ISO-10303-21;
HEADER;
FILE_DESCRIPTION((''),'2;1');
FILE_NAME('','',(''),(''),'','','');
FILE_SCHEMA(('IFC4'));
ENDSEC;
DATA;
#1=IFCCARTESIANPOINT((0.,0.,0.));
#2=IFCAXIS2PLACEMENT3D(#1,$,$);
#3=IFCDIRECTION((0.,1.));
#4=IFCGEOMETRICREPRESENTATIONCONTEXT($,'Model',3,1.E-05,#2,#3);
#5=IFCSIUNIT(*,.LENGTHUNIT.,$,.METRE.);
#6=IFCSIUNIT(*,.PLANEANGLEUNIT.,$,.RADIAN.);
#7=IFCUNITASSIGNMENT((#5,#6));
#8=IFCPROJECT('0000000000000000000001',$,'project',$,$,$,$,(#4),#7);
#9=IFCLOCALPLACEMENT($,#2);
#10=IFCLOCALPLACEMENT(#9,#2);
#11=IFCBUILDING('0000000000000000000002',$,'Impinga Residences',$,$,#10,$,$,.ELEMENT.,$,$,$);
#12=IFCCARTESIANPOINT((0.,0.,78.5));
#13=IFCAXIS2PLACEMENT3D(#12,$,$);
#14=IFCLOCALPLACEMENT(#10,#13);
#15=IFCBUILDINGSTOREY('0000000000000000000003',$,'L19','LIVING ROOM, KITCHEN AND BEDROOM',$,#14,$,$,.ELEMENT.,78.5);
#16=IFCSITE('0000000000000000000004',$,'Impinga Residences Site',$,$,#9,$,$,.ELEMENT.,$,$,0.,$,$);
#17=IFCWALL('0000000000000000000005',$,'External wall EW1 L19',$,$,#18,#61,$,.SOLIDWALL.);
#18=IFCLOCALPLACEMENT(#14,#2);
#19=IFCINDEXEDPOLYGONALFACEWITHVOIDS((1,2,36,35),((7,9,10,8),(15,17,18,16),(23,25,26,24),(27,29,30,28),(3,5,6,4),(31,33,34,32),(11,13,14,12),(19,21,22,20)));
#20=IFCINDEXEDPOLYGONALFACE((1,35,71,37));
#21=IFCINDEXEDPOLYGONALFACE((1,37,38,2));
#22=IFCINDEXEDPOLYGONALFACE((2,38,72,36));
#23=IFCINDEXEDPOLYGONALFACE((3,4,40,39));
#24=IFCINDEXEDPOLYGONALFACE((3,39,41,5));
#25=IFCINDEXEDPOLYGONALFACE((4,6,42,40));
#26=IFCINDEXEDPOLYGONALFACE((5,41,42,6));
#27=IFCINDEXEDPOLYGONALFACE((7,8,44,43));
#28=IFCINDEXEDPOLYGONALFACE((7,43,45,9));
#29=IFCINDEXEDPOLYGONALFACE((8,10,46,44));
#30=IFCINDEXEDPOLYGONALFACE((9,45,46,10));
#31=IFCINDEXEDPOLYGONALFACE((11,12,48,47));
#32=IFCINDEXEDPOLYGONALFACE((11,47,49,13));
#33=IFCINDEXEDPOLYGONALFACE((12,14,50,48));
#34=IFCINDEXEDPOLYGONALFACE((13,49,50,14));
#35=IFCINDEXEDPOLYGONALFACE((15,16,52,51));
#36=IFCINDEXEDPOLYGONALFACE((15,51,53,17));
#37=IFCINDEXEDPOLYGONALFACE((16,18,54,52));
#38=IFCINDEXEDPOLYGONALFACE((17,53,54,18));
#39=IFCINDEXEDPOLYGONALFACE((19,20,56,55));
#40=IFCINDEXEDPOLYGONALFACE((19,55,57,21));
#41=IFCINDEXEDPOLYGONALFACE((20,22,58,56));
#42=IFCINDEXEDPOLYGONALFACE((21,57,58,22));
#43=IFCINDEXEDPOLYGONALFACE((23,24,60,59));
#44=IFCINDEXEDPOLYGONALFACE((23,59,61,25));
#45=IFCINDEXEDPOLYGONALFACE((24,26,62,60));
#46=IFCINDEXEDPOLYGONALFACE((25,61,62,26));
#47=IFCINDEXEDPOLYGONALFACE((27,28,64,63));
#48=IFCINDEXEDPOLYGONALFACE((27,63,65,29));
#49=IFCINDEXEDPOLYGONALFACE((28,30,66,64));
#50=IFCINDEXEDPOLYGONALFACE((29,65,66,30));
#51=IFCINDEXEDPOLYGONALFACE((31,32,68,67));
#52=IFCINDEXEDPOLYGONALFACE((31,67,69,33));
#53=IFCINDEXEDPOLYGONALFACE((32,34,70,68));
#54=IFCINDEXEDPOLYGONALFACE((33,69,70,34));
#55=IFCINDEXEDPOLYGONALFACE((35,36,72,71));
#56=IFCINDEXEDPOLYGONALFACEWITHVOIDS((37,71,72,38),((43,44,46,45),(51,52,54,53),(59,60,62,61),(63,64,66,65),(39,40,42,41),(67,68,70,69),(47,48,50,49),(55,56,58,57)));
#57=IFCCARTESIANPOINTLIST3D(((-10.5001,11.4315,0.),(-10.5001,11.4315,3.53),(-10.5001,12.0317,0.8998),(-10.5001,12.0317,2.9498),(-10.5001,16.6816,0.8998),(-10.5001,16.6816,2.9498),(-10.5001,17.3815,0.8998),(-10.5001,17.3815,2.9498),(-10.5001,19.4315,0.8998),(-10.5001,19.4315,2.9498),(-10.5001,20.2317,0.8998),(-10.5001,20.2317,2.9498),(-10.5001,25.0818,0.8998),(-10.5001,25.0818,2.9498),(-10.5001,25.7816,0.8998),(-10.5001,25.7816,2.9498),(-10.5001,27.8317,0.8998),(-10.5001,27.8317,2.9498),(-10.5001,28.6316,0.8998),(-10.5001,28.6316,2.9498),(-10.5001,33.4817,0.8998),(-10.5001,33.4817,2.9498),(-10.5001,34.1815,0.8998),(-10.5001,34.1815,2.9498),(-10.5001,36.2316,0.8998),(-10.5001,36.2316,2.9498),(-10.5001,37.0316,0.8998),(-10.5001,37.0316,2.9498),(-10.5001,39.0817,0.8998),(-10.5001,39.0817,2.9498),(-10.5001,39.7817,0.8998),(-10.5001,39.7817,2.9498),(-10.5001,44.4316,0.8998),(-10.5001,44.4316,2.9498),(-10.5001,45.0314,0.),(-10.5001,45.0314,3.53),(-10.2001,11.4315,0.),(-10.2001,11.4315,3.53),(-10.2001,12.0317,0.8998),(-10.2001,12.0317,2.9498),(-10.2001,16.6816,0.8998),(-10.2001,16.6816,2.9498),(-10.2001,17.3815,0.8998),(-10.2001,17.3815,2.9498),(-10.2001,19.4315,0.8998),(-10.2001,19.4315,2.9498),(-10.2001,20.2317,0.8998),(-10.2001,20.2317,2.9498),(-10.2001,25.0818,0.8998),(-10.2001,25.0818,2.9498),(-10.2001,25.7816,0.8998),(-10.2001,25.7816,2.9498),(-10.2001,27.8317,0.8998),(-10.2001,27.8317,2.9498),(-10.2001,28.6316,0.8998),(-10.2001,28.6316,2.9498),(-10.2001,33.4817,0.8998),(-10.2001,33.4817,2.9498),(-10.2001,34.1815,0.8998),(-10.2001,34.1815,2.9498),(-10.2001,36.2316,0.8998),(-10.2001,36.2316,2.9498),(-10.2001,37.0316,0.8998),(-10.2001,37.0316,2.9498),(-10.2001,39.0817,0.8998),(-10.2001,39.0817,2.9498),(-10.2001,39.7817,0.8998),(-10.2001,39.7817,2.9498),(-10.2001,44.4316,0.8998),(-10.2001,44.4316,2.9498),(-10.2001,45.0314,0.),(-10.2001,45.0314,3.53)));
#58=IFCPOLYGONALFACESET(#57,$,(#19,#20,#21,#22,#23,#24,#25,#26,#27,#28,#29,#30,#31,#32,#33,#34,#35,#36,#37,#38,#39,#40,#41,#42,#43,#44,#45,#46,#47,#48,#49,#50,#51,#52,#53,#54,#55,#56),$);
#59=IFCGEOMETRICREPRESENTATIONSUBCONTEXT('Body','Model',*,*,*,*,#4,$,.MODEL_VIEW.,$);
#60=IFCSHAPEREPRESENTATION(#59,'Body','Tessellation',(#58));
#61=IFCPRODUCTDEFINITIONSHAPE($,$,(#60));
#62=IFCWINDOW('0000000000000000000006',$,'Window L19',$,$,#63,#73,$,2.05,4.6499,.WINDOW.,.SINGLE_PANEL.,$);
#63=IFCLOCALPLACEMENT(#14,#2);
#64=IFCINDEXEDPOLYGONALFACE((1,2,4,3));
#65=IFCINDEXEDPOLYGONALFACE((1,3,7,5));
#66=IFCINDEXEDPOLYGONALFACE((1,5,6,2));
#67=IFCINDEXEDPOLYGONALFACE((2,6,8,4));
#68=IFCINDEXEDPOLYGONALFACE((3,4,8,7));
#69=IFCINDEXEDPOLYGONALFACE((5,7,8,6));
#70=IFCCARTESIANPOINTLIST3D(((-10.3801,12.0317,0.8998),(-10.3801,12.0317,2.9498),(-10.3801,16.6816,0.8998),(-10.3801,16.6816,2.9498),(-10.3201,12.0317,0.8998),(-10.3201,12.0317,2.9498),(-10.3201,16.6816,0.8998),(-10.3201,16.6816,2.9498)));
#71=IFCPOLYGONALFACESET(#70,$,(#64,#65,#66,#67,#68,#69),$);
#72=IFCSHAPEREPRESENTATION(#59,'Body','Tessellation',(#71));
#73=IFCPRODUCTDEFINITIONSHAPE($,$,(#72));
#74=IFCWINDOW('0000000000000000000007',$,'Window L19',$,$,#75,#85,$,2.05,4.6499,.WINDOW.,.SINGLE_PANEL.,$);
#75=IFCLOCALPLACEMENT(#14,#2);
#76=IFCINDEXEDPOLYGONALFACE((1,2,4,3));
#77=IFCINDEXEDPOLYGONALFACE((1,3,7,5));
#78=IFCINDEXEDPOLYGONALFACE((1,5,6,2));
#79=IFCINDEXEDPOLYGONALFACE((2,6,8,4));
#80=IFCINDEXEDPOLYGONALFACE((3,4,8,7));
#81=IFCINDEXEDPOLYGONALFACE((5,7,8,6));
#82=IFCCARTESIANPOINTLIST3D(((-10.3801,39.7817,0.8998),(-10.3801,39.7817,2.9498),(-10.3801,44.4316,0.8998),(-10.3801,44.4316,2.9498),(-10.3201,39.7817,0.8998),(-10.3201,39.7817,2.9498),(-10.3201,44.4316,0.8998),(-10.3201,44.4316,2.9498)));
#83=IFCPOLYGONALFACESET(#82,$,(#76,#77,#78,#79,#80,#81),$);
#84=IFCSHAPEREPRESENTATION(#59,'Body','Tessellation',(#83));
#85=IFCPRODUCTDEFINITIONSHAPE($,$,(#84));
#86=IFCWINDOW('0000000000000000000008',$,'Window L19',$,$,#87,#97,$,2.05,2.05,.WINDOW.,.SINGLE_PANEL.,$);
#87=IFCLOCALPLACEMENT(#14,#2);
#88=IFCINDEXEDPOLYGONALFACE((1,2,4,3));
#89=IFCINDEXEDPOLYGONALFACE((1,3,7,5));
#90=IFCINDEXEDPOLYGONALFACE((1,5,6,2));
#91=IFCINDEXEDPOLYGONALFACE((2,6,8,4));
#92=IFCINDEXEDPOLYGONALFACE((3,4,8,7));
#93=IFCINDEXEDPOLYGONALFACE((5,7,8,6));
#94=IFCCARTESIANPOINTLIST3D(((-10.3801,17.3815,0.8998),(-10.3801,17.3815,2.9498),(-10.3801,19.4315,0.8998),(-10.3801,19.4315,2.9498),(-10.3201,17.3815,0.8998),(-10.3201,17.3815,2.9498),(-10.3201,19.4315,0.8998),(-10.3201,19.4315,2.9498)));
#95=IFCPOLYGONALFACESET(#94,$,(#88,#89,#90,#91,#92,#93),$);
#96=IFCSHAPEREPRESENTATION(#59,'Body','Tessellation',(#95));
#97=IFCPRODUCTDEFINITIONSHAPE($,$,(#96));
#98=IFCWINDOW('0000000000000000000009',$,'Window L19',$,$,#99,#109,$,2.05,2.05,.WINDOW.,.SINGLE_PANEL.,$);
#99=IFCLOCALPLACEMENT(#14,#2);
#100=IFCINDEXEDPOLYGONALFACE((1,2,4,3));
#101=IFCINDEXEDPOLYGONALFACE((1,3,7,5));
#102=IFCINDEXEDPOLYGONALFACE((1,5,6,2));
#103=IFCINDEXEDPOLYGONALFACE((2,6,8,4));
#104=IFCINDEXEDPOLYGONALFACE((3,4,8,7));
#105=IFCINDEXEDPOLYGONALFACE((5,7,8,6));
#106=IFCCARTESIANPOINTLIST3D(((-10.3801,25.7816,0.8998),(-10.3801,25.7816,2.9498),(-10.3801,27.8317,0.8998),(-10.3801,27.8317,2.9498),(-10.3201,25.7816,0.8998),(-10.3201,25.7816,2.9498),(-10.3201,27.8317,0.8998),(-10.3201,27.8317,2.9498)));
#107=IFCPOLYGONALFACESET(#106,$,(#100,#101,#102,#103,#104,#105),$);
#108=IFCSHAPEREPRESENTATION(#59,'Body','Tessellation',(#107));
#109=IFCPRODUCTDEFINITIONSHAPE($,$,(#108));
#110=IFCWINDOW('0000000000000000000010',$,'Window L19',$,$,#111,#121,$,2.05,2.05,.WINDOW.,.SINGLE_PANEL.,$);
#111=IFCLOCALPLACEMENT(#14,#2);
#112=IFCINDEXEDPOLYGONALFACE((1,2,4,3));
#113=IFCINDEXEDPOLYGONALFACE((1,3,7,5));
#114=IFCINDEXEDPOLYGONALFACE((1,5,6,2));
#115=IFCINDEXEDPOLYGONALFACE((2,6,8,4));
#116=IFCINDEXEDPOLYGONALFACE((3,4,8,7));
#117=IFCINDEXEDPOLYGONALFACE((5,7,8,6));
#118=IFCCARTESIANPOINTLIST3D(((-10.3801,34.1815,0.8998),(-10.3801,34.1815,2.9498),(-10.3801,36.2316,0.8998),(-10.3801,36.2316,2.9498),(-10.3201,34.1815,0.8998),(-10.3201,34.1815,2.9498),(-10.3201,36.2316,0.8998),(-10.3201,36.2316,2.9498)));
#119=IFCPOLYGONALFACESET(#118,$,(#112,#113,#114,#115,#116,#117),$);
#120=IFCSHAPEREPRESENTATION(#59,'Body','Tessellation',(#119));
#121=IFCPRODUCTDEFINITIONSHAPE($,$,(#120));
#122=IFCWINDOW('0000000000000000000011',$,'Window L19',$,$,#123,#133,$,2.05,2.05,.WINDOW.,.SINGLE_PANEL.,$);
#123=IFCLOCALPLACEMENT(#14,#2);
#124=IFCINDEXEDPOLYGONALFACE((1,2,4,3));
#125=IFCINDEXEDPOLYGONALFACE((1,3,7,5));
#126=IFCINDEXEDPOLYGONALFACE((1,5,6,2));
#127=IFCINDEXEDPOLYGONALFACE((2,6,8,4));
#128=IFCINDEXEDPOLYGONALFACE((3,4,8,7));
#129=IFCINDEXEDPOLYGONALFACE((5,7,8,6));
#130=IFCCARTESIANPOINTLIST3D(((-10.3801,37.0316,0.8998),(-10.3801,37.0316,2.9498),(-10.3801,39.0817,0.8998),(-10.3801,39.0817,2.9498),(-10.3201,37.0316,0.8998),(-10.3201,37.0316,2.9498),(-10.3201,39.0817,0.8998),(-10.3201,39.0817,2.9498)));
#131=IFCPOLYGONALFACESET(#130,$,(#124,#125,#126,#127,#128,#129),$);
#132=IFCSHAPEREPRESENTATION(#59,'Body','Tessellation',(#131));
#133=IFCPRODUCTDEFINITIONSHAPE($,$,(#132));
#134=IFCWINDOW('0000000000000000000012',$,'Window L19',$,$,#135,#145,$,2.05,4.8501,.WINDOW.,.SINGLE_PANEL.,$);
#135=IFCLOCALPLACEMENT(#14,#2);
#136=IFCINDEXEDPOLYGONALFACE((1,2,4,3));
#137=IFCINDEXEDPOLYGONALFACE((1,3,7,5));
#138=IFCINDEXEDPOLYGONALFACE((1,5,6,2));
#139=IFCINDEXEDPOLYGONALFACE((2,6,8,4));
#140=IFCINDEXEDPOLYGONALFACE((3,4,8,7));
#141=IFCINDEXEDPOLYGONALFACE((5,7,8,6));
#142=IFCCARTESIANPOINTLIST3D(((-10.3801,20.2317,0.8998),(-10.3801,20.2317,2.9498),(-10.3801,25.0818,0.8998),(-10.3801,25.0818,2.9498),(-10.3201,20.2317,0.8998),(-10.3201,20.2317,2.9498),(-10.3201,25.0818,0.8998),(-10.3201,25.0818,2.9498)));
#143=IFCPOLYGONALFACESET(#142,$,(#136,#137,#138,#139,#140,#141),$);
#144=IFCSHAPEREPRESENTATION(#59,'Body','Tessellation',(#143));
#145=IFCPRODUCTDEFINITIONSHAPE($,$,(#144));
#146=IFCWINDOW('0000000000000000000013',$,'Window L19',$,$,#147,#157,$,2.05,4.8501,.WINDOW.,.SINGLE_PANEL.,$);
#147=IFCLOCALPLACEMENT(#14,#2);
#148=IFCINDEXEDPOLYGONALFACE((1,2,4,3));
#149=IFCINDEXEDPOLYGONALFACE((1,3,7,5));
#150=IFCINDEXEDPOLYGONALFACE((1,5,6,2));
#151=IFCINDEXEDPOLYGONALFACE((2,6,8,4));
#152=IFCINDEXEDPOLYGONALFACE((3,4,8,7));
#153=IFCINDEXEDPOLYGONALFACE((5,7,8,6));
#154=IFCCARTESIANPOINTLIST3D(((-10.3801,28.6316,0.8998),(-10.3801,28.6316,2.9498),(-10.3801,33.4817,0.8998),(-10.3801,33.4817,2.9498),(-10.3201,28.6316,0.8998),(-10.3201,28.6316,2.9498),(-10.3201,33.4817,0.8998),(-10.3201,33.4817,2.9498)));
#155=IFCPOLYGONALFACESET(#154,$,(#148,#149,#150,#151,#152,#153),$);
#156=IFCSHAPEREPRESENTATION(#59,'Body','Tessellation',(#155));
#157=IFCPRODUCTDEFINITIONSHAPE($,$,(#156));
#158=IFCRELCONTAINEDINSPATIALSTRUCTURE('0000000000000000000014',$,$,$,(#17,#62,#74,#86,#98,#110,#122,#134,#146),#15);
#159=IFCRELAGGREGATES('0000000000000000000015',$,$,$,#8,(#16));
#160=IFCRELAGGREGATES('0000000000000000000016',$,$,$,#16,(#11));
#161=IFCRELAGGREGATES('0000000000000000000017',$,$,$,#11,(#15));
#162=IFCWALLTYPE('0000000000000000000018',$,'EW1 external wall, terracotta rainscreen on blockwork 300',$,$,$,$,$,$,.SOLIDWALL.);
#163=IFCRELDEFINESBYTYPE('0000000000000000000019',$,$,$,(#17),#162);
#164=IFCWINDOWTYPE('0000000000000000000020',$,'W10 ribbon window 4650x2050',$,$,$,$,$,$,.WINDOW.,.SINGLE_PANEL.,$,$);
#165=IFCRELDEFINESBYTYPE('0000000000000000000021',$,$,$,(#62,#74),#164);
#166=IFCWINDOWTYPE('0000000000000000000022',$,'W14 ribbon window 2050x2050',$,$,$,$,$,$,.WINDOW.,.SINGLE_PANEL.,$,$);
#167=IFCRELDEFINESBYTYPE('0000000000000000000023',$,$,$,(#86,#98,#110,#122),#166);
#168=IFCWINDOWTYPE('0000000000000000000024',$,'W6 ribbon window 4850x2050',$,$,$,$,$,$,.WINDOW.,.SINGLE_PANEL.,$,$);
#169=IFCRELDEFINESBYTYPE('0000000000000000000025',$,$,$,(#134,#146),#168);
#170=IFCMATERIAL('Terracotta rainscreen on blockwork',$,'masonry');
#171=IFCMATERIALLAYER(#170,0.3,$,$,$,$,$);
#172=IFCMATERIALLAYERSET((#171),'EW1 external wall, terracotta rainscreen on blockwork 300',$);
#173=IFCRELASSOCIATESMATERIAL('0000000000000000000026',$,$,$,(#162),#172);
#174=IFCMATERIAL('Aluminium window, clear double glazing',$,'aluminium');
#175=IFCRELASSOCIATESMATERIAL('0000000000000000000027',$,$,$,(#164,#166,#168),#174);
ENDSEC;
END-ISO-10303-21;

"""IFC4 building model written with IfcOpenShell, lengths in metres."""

from ifc_helpers import new_model, si_unit, direction, frame, frame_2d, origin, place, context, subcontext, project, spatial, rectangle, extrude, material, layer, layer_set, type_object, element, fill, save


model = new_model("IFC4")

# Units and contexts
model_context = context("Model", 3, precision=1e-05, world=origin(), true_north=direction((0.0, 1.0)))
body_context = subcontext(model_context, "Body", "Model", "MODEL_VIEW")
ifc_project = project(units=[si_unit("LENGTHUNIT", "METRE"), si_unit("PLANEANGLEUNIT", "RADIAN")], contexts=[model_context])

# Site, building, storey
site_placement = place(None, origin())
site = spatial("IfcSite", under=ifc_project, at=site_placement, Name="Impinga Residences Site", CompositionType="ELEMENT", RefElevation=0.0)
building_placement = place(site_placement, origin())
building = spatial("IfcBuilding", under=site, at=building_placement, Name="Impinga Residences", CompositionType="ELEMENT")
storey_placement = place(building_placement, frame((0.0, 0.0, 78.5)))
storey = spatial("IfcBuildingStorey", under=building, at=storey_placement, Name="L19", Description="LIVING ROOM, KITCHEN AND BEDROOM", CompositionType="ELEMENT", Elevation=78.5)

# Wall, openings, windows
ifc_material_1 = material(Name="Terracotta rainscreen on blockwork", Category="masonry")
ifc_layer_1 = layer(ifc_material_1, 0.3)
ifc_layer_set_1 = layer_set([ifc_layer_1], Name="EW1 external wall, terracotta rainscreen on blockwork 300")
wall_type_1 = type_object("IfcWallType", Name="EW1 external wall, terracotta rainscreen on blockwork 300", PredefinedType="SOLIDWALL", material=ifc_layer_set_1)
wall_1_placement = place(storey_placement, frame((-10.3501, 11.4316, 0.0), z_axis=(0.0, 0.0, 1.0), x_axis=(0.0, 1.0, 0.0)))
wall_1 = element("IfcWall", 1, at=wall_1_placement, inside=storey, type_object=wall_type_1, Name="External wall EW1 L19", PredefinedType="SOLIDWALL", context=body_context, shape_type="SweptSolid", body=[
    extrude(rectangle(XDim=33.5999, YDim=0.3, at=frame_2d((16.7998, 0.0))), origin(), (0.0, 0.0, 1.0), 3.53),
])
opening_1_placement = place(wall_1_placement, frame((0.6001, 0.0, 0.8999)))
opening_1 = element("IfcOpeningElement", 2, at=opening_1_placement, cuts=wall_1, PredefinedType="OPENING", context=body_context, shape_type="SweptSolid", body=[
    extrude(rectangle(XDim=4.6499, YDim=2.05, at=frame_2d((2.325, 1.0249))), frame((0.0, 0.1599, 0.0), z_axis=(0.0, -1.0, 0.0), x_axis=(1.0, 0.0, 0.0)), (0.0, 0.0, 1.0), 0.3201),
])
opening_2_placement = place(wall_1_placement, frame((5.95, 0.0, 0.8999)))
opening_2 = element("IfcOpeningElement", 3, at=opening_2_placement, cuts=wall_1, PredefinedType="OPENING", context=body_context, shape_type="SweptSolid", body=[
    extrude(rectangle(XDim=2.05, YDim=2.05, at=frame_2d((1.0249, 1.0249))), frame((0.0, 0.1599, 0.0), z_axis=(0.0, -1.0, 0.0), x_axis=(1.0, 0.0, 0.0)), (0.0, 0.0, 1.0), 0.3201),
])
opening_3_placement = place(wall_1_placement, frame((8.8, 0.0, 0.8999)))
opening_3 = element("IfcOpeningElement", 4, at=opening_3_placement, cuts=wall_1, PredefinedType="OPENING", context=body_context, shape_type="SweptSolid", body=[
    extrude(rectangle(XDim=4.8501, YDim=2.05, at=frame_2d((2.425, 1.0249))), frame((0.0, 0.1599, 0.0), z_axis=(0.0, -1.0, 0.0), x_axis=(1.0, 0.0, 0.0)), (0.0, 0.0, 1.0), 0.3201),
])
opening_4_placement = place(wall_1_placement, frame((14.3501, 0.0, 0.8999)))
opening_4 = element("IfcOpeningElement", 5, at=opening_4_placement, cuts=wall_1, PredefinedType="OPENING", context=body_context, shape_type="SweptSolid", body=[
    extrude(rectangle(XDim=2.05, YDim=2.05, at=frame_2d((1.0249, 1.0249))), frame((0.0, 0.1599, 0.0), z_axis=(0.0, -1.0, 0.0), x_axis=(1.0, 0.0, 0.0)), (0.0, 0.0, 1.0), 0.3201),
])
opening_5_placement = place(wall_1_placement, frame((17.2, 0.0, 0.8999)))
opening_5 = element("IfcOpeningElement", 6, at=opening_5_placement, cuts=wall_1, PredefinedType="OPENING", context=body_context, shape_type="SweptSolid", body=[
    extrude(rectangle(XDim=4.8501, YDim=2.05, at=frame_2d((2.425, 1.0249))), frame((0.0, 0.1599, 0.0), z_axis=(0.0, -1.0, 0.0), x_axis=(1.0, 0.0, 0.0)), (0.0, 0.0, 1.0), 0.3201),
])
opening_6_placement = place(wall_1_placement, frame((22.75, 0.0, 0.8999)))
opening_6 = element("IfcOpeningElement", 7, at=opening_6_placement, cuts=wall_1, PredefinedType="OPENING", context=body_context, shape_type="SweptSolid", body=[
    extrude(rectangle(XDim=2.05, YDim=2.05, at=frame_2d((1.0249, 1.0249))), frame((0.0, 0.1599, 0.0), z_axis=(0.0, -1.0, 0.0), x_axis=(1.0, 0.0, 0.0)), (0.0, 0.0, 1.0), 0.3201),
])
opening_7_placement = place(wall_1_placement, frame((25.6001, 0.0, 0.8999)))
opening_7 = element("IfcOpeningElement", 8, at=opening_7_placement, cuts=wall_1, PredefinedType="OPENING", context=body_context, shape_type="SweptSolid", body=[
    extrude(rectangle(XDim=2.05, YDim=2.05, at=frame_2d((1.0249, 1.0249))), frame((0.0, 0.1599, 0.0), z_axis=(0.0, -1.0, 0.0), x_axis=(1.0, 0.0, 0.0)), (0.0, 0.0, 1.0), 0.3201),
])
opening_8_placement = place(wall_1_placement, frame((28.3501, 0.0, 0.8999)))
opening_8 = element("IfcOpeningElement", 9, at=opening_8_placement, cuts=wall_1, PredefinedType="OPENING", context=body_context, shape_type="SweptSolid", body=[
    extrude(rectangle(XDim=4.6499, YDim=2.05, at=frame_2d((2.325, 1.0249))), frame((0.0, 0.1599, 0.0), z_axis=(0.0, -1.0, 0.0), x_axis=(1.0, 0.0, 0.0)), (0.0, 0.0, 1.0), 0.3201),
])
ifc_material_2 = material(Name="Aluminium window, clear double glazing", Category="aluminium")
window_type_1 = type_object("IfcWindowType", Name="W10 ribbon window 4650x2050", PartitioningType="SINGLE_PANEL", PredefinedType="WINDOW", material=ifc_material_2)
window_1_placement = place(opening_1_placement, origin())
window_1 = element("IfcWindow", 10, at=window_1_placement, inside=storey, type_object=window_type_1, Name="Window L19", OverallHeight=2.05, OverallWidth=4.6499, PartitioningType="SINGLE_PANEL", PredefinedType="WINDOW", context=body_context, shape_type="SweptSolid", body=[
    extrude(rectangle(XDim=4.6499, YDim=2.05, at=frame_2d((2.325, 1.0249))), frame((0.0, 0.03, 0.0), z_axis=(0.0, -1.0, 0.0), x_axis=(1.0, 0.0, 0.0)), (0.0, 0.0, 1.0), 0.0601),
])
fill(opening_1, window_1)
window_2_placement = place(opening_8_placement, origin())
window_2 = element("IfcWindow", 11, at=window_2_placement, inside=storey, type_object=window_type_1, Name="Window L19", OverallHeight=2.05, OverallWidth=4.6499, PartitioningType="SINGLE_PANEL", PredefinedType="WINDOW", context=body_context, shape_type="SweptSolid", body=[
    extrude(rectangle(XDim=4.6499, YDim=2.05, at=frame_2d((2.325, 1.0249))), frame((0.0, 0.03, 0.0), z_axis=(0.0, -1.0, 0.0), x_axis=(1.0, 0.0, 0.0)), (0.0, 0.0, 1.0), 0.0601),
])
fill(opening_8, window_2)
window_type_2 = type_object("IfcWindowType", Name="W14 ribbon window 2050x2050", PartitioningType="SINGLE_PANEL", PredefinedType="WINDOW", material=ifc_material_2)
window_3_placement = place(opening_2_placement, origin())
window_3 = element("IfcWindow", 12, at=window_3_placement, inside=storey, type_object=window_type_2, Name="Window L19", OverallHeight=2.05, OverallWidth=2.05, PartitioningType="SINGLE_PANEL", PredefinedType="WINDOW", context=body_context, shape_type="SweptSolid", body=[
    extrude(rectangle(XDim=2.05, YDim=2.05, at=frame_2d((1.0249, 1.0249))), frame((0.0, 0.03, 0.0), z_axis=(0.0, -1.0, 0.0), x_axis=(1.0, 0.0, 0.0)), (0.0, 0.0, 1.0), 0.0601),
])
fill(opening_2, window_3)
window_4_placement = place(opening_4_placement, origin())
window_4 = element("IfcWindow", 13, at=window_4_placement, inside=storey, type_object=window_type_2, Name="Window L19", OverallHeight=2.05, OverallWidth=2.05, PartitioningType="SINGLE_PANEL", PredefinedType="WINDOW", context=body_context, shape_type="SweptSolid", body=[
    extrude(rectangle(XDim=2.05, YDim=2.05, at=frame_2d((1.0249, 1.0249))), frame((0.0, 0.03, 0.0), z_axis=(0.0, -1.0, 0.0), x_axis=(1.0, 0.0, 0.0)), (0.0, 0.0, 1.0), 0.0601),
])
fill(opening_4, window_4)
window_5_placement = place(opening_6_placement, origin())
window_5 = element("IfcWindow", 14, at=window_5_placement, inside=storey, type_object=window_type_2, Name="Window L19", OverallHeight=2.05, OverallWidth=2.05, PartitioningType="SINGLE_PANEL", PredefinedType="WINDOW", context=body_context, shape_type="SweptSolid", body=[
    extrude(rectangle(XDim=2.05, YDim=2.05, at=frame_2d((1.0249, 1.0249))), frame((0.0, 0.03, 0.0), z_axis=(0.0, -1.0, 0.0), x_axis=(1.0, 0.0, 0.0)), (0.0, 0.0, 1.0), 0.0601),
])
fill(opening_6, window_5)
window_6_placement = place(opening_7_placement, origin())
window_6 = element("IfcWindow", 15, at=window_6_placement, inside=storey, type_object=window_type_2, Name="Window L19", OverallHeight=2.05, OverallWidth=2.05, PartitioningType="SINGLE_PANEL", PredefinedType="WINDOW", context=body_context, shape_type="SweptSolid", body=[
    extrude(rectangle(XDim=2.05, YDim=2.05, at=frame_2d((1.0249, 1.0249))), frame((0.0, 0.03, 0.0), z_axis=(0.0, -1.0, 0.0), x_axis=(1.0, 0.0, 0.0)), (0.0, 0.0, 1.0), 0.0601),
])
fill(opening_7, window_6)
window_type_3 = type_object("IfcWindowType", Name="W6 ribbon window 4850x2050", PartitioningType="SINGLE_PANEL", PredefinedType="WINDOW", material=ifc_material_2)
window_7_placement = place(opening_3_placement, origin())
window_7 = element("IfcWindow", 16, at=window_7_placement, inside=storey, type_object=window_type_3, Name="Window L19", OverallHeight=2.05, OverallWidth=4.8501, PartitioningType="SINGLE_PANEL", PredefinedType="WINDOW", context=body_context, shape_type="SweptSolid", body=[
    extrude(rectangle(XDim=4.8501, YDim=2.05, at=frame_2d((2.425, 1.0249))), frame((0.0, 0.03, 0.0), z_axis=(0.0, -1.0, 0.0), x_axis=(1.0, 0.0, 0.0)), (0.0, 0.0, 1.0), 0.0601),
])
fill(opening_3, window_7)
window_8_placement = place(opening_5_placement, origin())
window_8 = element("IfcWindow", 17, at=window_8_placement, inside=storey, type_object=window_type_3, Name="Window L19", OverallHeight=2.05, OverallWidth=4.8501, PartitioningType="SINGLE_PANEL", PredefinedType="WINDOW", context=body_context, shape_type="SweptSolid", body=[
    extrude(rectangle(XDim=4.8501, YDim=2.05, at=frame_2d((2.425, 1.0249))), frame((0.0, 0.03, 0.0), z_axis=(0.0, -1.0, 0.0), x_axis=(1.0, 0.0, 0.0)), (0.0, 0.0, 1.0), 0.0601),
])
fill(opening_5, window_8)

save(model, "model.ifc")
